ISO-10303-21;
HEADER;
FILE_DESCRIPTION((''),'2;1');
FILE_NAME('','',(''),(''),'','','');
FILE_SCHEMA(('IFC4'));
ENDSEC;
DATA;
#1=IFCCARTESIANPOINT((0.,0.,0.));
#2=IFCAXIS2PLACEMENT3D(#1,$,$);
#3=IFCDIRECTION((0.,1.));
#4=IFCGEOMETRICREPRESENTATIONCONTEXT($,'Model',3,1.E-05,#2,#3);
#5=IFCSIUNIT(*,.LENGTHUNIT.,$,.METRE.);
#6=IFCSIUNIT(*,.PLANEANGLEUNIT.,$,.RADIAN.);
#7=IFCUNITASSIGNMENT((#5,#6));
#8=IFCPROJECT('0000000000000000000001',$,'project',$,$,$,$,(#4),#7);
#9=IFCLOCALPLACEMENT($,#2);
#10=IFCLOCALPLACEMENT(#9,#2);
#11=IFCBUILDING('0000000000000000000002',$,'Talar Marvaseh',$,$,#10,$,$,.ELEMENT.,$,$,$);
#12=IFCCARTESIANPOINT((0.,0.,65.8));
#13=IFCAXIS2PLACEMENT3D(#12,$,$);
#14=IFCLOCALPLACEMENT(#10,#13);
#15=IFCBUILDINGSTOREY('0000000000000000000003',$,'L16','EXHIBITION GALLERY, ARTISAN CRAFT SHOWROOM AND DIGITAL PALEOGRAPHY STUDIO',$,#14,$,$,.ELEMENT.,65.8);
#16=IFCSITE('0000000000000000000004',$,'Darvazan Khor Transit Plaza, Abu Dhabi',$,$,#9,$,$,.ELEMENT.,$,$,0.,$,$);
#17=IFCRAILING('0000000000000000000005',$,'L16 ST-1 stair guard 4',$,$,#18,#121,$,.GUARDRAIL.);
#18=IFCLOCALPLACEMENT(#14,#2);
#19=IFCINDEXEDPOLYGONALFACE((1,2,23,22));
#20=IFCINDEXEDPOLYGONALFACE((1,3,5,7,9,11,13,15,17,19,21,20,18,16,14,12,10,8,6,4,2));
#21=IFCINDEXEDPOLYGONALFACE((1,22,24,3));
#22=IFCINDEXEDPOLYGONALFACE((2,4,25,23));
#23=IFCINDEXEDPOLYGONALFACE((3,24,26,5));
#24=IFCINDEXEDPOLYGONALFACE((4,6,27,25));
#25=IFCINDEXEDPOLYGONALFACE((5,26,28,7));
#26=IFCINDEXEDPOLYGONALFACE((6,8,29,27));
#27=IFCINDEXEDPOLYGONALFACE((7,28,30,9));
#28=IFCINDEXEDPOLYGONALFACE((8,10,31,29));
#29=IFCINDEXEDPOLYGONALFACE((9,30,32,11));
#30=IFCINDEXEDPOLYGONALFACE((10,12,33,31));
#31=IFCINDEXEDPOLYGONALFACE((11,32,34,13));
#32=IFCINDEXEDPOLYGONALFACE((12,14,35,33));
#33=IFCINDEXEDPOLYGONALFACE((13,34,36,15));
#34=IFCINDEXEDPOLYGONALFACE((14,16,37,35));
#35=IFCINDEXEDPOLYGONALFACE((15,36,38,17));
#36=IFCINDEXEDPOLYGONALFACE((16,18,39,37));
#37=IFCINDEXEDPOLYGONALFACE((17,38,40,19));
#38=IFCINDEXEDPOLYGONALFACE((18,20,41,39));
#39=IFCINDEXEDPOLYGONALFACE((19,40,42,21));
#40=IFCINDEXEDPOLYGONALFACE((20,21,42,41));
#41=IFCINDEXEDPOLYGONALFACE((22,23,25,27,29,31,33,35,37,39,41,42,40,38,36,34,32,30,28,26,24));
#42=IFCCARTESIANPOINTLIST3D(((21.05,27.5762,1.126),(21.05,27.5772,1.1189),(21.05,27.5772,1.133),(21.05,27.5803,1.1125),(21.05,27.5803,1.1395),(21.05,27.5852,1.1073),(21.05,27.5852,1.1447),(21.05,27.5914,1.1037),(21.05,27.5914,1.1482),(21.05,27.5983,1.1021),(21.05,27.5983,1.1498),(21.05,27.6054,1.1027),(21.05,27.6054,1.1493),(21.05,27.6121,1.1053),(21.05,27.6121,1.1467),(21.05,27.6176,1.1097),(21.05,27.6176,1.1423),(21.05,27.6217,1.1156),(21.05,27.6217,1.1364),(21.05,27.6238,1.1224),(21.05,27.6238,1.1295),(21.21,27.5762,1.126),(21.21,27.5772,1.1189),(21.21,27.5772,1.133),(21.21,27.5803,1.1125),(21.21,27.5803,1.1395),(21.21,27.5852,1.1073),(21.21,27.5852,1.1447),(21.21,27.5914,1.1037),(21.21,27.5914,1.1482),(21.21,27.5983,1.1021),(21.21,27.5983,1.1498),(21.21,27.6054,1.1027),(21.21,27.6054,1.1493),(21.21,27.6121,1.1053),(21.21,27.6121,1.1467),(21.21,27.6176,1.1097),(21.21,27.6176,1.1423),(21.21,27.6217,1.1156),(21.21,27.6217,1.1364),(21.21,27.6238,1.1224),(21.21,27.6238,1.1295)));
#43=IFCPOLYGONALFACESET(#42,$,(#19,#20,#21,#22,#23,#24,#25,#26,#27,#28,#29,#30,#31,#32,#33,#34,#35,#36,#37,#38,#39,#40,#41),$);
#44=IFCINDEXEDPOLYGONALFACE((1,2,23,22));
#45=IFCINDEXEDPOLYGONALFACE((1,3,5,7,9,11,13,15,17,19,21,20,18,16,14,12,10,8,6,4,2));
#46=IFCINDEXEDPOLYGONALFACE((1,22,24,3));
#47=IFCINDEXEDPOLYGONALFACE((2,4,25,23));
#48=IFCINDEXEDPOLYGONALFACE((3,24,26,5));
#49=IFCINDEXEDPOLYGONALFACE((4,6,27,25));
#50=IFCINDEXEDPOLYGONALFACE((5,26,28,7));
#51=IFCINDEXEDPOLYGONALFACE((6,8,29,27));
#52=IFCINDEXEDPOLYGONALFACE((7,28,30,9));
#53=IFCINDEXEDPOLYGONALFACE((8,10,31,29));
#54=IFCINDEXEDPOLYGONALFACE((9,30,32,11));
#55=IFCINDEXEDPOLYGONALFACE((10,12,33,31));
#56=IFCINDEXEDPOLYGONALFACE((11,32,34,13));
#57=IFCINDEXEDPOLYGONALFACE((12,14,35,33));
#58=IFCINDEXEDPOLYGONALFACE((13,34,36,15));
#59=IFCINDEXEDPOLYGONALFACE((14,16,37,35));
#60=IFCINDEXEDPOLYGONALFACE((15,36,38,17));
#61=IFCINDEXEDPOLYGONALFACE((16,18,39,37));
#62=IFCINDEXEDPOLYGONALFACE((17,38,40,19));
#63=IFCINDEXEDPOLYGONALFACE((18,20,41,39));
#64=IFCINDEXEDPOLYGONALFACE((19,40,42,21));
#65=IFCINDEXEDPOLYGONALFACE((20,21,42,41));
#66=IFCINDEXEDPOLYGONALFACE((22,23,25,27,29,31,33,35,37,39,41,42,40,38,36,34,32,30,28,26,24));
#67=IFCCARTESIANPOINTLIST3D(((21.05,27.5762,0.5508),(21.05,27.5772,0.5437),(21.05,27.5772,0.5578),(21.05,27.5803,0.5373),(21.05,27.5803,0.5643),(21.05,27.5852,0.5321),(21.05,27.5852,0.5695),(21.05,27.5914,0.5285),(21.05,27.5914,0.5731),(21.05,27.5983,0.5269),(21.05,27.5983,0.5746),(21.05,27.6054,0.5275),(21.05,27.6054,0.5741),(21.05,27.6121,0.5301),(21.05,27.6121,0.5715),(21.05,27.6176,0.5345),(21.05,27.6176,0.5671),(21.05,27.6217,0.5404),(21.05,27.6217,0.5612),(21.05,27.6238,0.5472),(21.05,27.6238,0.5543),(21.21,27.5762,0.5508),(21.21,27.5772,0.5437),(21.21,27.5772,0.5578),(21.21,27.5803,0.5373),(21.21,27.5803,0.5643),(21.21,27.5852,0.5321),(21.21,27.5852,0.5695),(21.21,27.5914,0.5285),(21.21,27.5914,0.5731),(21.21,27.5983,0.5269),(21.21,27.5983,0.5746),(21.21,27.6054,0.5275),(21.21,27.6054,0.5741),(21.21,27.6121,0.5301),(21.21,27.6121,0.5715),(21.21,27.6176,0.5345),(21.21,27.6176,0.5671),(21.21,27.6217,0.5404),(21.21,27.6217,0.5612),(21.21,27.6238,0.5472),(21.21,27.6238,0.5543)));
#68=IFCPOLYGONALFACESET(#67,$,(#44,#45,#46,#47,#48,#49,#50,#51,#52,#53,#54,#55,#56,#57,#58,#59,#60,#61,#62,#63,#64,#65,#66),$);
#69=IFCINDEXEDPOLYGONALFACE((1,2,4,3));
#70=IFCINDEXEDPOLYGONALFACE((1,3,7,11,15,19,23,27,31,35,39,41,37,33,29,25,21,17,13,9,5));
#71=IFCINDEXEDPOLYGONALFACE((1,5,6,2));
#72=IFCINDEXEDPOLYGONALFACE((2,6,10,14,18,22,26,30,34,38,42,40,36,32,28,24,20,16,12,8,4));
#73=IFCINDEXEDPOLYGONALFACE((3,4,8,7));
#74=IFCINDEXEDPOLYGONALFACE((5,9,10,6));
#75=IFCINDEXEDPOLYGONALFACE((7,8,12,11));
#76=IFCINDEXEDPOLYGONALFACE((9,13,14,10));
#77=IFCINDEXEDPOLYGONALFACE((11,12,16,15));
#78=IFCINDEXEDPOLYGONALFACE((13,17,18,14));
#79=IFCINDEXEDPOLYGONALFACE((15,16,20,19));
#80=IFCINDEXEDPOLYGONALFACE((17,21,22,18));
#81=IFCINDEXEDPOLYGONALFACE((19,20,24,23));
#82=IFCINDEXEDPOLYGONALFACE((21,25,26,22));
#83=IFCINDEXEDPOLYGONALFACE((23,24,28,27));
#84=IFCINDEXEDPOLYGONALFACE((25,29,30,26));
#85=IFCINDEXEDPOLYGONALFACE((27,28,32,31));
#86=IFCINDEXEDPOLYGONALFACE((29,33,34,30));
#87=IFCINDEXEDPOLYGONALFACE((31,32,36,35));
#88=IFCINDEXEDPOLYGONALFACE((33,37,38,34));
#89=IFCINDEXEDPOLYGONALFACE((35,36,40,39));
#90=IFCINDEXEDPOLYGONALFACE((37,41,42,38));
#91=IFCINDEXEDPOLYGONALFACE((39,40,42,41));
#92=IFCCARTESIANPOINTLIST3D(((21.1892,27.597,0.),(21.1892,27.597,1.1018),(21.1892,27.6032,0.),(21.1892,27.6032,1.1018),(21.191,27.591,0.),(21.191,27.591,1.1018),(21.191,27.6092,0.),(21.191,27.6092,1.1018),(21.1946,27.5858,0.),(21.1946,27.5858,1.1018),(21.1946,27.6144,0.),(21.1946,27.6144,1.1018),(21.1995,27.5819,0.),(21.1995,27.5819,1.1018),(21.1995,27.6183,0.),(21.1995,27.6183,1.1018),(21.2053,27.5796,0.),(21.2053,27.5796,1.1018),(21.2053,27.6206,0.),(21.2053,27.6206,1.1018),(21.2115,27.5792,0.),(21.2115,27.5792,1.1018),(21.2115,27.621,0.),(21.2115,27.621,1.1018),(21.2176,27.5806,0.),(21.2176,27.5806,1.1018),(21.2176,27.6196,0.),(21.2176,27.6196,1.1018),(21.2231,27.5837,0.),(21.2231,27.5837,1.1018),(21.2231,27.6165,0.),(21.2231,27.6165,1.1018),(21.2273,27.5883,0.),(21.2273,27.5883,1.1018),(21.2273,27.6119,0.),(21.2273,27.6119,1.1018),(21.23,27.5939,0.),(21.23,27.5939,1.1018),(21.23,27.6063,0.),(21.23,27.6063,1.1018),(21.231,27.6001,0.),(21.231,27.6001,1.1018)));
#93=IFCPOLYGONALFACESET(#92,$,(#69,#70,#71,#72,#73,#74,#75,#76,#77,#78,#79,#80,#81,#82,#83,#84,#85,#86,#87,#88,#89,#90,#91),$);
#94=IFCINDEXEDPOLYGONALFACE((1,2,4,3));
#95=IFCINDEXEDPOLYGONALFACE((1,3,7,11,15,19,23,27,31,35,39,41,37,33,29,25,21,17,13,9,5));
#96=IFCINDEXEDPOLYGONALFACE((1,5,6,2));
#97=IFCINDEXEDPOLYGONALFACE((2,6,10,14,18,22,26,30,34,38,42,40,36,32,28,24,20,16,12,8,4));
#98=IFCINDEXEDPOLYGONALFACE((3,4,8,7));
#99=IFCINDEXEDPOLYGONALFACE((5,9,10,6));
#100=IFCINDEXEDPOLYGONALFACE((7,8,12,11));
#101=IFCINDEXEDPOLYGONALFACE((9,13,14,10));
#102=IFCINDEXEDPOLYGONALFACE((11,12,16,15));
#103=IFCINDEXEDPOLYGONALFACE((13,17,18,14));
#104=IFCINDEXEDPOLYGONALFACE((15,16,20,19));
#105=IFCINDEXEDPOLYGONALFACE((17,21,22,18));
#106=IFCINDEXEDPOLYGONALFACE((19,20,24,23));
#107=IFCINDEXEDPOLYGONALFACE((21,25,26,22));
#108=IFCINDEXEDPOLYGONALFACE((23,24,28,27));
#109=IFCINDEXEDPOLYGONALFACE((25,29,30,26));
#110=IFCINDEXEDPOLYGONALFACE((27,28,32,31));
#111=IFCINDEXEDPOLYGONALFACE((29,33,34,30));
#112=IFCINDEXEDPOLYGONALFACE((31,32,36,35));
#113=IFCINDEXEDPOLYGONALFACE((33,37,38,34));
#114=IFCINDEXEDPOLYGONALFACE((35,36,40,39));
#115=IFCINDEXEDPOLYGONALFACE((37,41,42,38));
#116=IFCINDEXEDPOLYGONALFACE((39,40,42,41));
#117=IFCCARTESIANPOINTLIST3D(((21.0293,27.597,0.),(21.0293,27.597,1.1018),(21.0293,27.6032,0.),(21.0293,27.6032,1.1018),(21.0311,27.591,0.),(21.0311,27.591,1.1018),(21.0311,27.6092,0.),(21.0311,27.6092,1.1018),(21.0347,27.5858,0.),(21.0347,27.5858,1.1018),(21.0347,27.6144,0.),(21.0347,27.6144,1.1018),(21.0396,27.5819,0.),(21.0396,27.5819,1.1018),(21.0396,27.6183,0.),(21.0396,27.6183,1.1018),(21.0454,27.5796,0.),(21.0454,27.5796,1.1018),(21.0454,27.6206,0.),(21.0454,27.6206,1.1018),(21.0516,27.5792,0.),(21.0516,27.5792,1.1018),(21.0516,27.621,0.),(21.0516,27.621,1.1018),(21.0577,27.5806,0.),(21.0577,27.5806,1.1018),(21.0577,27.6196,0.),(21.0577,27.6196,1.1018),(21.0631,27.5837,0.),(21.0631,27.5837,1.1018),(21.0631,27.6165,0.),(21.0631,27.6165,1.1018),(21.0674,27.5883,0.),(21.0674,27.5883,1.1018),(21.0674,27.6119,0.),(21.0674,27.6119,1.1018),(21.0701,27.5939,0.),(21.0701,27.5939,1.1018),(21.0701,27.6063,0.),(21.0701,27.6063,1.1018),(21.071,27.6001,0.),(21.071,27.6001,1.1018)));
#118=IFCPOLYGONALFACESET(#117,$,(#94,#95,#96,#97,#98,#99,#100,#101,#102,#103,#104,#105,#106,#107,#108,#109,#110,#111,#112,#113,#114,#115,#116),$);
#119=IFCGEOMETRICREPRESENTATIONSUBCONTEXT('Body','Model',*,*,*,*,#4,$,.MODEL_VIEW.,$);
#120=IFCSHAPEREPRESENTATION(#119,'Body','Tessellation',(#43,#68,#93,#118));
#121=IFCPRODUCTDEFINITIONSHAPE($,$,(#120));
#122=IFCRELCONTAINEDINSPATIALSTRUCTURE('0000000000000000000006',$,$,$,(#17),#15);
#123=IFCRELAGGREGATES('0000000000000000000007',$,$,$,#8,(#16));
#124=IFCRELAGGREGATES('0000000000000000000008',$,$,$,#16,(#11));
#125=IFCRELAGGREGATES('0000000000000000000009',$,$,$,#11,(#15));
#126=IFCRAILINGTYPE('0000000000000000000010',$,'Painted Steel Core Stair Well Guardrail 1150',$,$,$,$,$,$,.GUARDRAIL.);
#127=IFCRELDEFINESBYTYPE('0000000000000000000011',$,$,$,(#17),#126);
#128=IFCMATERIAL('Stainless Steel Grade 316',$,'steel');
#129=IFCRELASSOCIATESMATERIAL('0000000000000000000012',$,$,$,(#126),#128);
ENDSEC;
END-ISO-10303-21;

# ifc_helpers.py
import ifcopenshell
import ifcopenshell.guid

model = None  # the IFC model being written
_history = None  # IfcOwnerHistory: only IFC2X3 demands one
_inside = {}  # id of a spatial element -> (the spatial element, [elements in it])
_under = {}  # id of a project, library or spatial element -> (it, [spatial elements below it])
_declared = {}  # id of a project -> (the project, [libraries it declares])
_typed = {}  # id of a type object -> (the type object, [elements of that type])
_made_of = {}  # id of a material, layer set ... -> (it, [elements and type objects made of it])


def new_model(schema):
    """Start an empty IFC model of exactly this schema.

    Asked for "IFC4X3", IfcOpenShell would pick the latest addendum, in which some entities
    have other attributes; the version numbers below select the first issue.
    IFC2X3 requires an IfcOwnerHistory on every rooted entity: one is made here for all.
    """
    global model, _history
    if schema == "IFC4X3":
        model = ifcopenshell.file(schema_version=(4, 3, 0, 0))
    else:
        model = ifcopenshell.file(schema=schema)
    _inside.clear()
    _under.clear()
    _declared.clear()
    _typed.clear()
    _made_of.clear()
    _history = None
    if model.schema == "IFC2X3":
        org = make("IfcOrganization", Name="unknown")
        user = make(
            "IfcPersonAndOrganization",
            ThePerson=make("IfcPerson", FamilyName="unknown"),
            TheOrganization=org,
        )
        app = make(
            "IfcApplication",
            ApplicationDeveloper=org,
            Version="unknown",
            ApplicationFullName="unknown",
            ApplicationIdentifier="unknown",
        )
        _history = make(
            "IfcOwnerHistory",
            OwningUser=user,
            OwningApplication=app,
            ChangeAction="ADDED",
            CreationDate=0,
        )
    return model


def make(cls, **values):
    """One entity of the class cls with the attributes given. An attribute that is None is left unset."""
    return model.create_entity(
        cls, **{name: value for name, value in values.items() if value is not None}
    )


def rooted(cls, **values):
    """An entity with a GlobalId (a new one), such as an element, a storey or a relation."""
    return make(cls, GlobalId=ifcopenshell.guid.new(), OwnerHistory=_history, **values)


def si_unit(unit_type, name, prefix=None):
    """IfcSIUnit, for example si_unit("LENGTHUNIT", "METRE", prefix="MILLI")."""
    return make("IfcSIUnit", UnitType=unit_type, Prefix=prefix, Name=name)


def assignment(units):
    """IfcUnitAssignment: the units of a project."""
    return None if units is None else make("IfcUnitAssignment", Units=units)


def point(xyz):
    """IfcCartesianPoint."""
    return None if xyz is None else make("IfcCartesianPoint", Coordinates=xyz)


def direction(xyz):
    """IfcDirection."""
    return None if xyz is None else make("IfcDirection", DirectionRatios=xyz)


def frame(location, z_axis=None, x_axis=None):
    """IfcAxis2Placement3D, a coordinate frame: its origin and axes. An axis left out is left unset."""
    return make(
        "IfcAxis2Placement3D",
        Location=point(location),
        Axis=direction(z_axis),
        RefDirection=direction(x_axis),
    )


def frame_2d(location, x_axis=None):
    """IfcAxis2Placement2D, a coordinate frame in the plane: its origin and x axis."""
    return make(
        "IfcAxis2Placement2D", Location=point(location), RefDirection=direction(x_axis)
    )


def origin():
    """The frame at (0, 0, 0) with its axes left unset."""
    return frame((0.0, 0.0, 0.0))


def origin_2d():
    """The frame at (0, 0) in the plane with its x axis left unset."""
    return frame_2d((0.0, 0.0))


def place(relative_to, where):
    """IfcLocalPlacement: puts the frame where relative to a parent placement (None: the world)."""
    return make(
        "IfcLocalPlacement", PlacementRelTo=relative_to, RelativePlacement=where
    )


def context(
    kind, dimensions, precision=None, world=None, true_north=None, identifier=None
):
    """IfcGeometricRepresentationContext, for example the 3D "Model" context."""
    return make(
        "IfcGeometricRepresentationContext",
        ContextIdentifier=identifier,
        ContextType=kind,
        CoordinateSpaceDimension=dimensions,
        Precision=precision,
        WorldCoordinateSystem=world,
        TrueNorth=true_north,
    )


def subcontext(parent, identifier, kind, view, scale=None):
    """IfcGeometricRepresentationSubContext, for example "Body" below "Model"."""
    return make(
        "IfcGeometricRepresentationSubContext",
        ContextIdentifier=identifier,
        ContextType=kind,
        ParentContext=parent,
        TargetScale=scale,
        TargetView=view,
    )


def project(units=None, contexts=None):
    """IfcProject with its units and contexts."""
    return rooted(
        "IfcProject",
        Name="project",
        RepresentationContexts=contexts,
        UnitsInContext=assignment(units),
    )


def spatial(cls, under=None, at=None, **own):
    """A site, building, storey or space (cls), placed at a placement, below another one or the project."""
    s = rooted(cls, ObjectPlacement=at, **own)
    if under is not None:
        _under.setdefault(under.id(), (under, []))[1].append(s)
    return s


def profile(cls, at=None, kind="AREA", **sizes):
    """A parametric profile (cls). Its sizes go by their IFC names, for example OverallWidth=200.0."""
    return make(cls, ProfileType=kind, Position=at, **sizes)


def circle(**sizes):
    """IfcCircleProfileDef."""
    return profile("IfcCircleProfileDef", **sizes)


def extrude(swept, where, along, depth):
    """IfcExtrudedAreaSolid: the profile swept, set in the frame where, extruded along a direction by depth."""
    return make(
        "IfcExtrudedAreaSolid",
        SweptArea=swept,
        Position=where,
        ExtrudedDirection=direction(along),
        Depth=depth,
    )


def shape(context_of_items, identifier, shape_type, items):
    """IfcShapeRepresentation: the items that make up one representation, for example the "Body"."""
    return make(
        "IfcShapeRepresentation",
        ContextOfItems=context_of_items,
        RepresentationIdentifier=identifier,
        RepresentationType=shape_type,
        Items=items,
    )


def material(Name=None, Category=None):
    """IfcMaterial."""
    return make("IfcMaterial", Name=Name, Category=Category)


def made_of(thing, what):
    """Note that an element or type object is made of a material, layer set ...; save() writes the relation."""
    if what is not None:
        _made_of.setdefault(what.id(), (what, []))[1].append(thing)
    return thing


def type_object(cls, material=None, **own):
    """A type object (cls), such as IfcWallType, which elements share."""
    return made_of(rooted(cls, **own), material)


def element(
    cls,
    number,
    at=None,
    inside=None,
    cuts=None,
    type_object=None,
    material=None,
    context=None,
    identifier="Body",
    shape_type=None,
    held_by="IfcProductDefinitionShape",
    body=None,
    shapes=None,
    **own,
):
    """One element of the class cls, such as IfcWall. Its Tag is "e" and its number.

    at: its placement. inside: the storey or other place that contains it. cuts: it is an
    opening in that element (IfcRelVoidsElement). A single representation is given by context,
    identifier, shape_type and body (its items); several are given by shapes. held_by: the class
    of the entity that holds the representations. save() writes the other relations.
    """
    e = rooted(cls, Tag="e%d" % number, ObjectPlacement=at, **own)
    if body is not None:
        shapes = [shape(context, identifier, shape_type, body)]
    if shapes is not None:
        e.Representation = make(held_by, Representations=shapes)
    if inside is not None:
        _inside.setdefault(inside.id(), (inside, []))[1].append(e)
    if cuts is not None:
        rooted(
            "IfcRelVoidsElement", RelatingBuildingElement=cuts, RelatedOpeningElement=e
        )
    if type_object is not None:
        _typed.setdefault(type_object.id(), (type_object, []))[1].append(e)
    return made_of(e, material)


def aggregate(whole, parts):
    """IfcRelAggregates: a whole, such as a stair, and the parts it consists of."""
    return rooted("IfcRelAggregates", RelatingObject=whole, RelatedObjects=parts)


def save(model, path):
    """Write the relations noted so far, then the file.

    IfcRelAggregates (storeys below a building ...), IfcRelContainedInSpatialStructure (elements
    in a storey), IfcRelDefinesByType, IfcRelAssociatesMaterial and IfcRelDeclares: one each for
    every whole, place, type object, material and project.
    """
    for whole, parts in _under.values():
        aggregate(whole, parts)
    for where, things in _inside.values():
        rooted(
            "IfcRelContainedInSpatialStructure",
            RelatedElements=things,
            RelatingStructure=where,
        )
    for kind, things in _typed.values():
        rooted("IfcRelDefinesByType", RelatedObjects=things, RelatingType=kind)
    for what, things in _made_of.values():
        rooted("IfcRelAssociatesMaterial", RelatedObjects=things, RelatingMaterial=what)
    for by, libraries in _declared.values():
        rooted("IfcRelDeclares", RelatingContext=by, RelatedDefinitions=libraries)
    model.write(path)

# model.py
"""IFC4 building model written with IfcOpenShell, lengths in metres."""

from ifc_helpers import new_model, si_unit, direction, frame, origin, origin_2d, place, context, subcontext, project, spatial, circle, extrude, material, type_object, element, save


model = new_model("IFC4")

# Units and contexts
model_context = context("Model", 3, precision=1e-05, world=origin(), true_north=direction((0.0, 1.0)))
body_context = subcontext(model_context, "Body", "Model", "MODEL_VIEW")
ifc_project = project(units=[si_unit("LENGTHUNIT", "METRE"), si_unit("PLANEANGLEUNIT", "RADIAN")], contexts=[model_context])

# Site, building, storey
site_placement = place(None, origin())
site = spatial("IfcSite", under=ifc_project, at=site_placement, Name="Darvazan Khor Transit Plaza, Abu Dhabi", CompositionType="ELEMENT", RefElevation=0.0)
building_placement = place(site_placement, origin())
building = spatial("IfcBuilding", under=site, at=building_placement, Name="Talar Marvaseh", CompositionType="ELEMENT")
storey_placement = place(building_placement, frame((0.0, 0.0, 65.8)))
storey = spatial("IfcBuildingStorey", under=building, at=storey_placement, Name="L16", Description="EXHIBITION GALLERY, ARTISAN CRAFT SHOWROOM AND DIGITAL PALEOGRAPHY STUDIO", CompositionType="ELEMENT", Elevation=65.8)

# Railing
ifc_material_1 = material(Name="Stainless Steel Grade 316", Category="steel")
railing_type_1 = type_object("IfcRailingType", Name="Painted Steel Core Stair Well Guardrail 1150", PredefinedType="GUARDRAIL", material=ifc_material_1)
railing_1_placement = place(storey_placement, frame((21.21, 27.6001, 0.0)))
element("IfcRailing", 1, at=railing_1_placement, inside=storey, type_object=railing_type_1, Name="L16 ST-1 stair guard 4", PredefinedType="GUARDRAIL", context=body_context, shape_type="SweptSolid", body=[
    extrude(circle(Radius=0.0239, at=origin_2d()), frame((0.0, 0.0, 1.126), z_axis=(-1.0, 0.0, 0.0), x_axis=(0.0, -1.0, 0.0)), (0.0, 0.0, 1.0), 0.1599),
    extrude(circle(Radius=0.0239, at=origin_2d()), frame((0.0, 0.0, 0.5508), z_axis=(-1.0, 0.0, 0.0), x_axis=(0.0, -1.0, 0.0)), (0.0, 0.0, 1.0), 0.1599),
    extrude(circle(Radius=0.021, at=origin_2d()), origin(), (0.0, 0.0, 1.0), 1.1018),
    extrude(circle(Radius=0.021, at=origin_2d()), frame((-0.1599, 0.0, 0.0)), (0.0, 0.0, 1.0), 1.1018),
])

save(model, "model.ifc")
